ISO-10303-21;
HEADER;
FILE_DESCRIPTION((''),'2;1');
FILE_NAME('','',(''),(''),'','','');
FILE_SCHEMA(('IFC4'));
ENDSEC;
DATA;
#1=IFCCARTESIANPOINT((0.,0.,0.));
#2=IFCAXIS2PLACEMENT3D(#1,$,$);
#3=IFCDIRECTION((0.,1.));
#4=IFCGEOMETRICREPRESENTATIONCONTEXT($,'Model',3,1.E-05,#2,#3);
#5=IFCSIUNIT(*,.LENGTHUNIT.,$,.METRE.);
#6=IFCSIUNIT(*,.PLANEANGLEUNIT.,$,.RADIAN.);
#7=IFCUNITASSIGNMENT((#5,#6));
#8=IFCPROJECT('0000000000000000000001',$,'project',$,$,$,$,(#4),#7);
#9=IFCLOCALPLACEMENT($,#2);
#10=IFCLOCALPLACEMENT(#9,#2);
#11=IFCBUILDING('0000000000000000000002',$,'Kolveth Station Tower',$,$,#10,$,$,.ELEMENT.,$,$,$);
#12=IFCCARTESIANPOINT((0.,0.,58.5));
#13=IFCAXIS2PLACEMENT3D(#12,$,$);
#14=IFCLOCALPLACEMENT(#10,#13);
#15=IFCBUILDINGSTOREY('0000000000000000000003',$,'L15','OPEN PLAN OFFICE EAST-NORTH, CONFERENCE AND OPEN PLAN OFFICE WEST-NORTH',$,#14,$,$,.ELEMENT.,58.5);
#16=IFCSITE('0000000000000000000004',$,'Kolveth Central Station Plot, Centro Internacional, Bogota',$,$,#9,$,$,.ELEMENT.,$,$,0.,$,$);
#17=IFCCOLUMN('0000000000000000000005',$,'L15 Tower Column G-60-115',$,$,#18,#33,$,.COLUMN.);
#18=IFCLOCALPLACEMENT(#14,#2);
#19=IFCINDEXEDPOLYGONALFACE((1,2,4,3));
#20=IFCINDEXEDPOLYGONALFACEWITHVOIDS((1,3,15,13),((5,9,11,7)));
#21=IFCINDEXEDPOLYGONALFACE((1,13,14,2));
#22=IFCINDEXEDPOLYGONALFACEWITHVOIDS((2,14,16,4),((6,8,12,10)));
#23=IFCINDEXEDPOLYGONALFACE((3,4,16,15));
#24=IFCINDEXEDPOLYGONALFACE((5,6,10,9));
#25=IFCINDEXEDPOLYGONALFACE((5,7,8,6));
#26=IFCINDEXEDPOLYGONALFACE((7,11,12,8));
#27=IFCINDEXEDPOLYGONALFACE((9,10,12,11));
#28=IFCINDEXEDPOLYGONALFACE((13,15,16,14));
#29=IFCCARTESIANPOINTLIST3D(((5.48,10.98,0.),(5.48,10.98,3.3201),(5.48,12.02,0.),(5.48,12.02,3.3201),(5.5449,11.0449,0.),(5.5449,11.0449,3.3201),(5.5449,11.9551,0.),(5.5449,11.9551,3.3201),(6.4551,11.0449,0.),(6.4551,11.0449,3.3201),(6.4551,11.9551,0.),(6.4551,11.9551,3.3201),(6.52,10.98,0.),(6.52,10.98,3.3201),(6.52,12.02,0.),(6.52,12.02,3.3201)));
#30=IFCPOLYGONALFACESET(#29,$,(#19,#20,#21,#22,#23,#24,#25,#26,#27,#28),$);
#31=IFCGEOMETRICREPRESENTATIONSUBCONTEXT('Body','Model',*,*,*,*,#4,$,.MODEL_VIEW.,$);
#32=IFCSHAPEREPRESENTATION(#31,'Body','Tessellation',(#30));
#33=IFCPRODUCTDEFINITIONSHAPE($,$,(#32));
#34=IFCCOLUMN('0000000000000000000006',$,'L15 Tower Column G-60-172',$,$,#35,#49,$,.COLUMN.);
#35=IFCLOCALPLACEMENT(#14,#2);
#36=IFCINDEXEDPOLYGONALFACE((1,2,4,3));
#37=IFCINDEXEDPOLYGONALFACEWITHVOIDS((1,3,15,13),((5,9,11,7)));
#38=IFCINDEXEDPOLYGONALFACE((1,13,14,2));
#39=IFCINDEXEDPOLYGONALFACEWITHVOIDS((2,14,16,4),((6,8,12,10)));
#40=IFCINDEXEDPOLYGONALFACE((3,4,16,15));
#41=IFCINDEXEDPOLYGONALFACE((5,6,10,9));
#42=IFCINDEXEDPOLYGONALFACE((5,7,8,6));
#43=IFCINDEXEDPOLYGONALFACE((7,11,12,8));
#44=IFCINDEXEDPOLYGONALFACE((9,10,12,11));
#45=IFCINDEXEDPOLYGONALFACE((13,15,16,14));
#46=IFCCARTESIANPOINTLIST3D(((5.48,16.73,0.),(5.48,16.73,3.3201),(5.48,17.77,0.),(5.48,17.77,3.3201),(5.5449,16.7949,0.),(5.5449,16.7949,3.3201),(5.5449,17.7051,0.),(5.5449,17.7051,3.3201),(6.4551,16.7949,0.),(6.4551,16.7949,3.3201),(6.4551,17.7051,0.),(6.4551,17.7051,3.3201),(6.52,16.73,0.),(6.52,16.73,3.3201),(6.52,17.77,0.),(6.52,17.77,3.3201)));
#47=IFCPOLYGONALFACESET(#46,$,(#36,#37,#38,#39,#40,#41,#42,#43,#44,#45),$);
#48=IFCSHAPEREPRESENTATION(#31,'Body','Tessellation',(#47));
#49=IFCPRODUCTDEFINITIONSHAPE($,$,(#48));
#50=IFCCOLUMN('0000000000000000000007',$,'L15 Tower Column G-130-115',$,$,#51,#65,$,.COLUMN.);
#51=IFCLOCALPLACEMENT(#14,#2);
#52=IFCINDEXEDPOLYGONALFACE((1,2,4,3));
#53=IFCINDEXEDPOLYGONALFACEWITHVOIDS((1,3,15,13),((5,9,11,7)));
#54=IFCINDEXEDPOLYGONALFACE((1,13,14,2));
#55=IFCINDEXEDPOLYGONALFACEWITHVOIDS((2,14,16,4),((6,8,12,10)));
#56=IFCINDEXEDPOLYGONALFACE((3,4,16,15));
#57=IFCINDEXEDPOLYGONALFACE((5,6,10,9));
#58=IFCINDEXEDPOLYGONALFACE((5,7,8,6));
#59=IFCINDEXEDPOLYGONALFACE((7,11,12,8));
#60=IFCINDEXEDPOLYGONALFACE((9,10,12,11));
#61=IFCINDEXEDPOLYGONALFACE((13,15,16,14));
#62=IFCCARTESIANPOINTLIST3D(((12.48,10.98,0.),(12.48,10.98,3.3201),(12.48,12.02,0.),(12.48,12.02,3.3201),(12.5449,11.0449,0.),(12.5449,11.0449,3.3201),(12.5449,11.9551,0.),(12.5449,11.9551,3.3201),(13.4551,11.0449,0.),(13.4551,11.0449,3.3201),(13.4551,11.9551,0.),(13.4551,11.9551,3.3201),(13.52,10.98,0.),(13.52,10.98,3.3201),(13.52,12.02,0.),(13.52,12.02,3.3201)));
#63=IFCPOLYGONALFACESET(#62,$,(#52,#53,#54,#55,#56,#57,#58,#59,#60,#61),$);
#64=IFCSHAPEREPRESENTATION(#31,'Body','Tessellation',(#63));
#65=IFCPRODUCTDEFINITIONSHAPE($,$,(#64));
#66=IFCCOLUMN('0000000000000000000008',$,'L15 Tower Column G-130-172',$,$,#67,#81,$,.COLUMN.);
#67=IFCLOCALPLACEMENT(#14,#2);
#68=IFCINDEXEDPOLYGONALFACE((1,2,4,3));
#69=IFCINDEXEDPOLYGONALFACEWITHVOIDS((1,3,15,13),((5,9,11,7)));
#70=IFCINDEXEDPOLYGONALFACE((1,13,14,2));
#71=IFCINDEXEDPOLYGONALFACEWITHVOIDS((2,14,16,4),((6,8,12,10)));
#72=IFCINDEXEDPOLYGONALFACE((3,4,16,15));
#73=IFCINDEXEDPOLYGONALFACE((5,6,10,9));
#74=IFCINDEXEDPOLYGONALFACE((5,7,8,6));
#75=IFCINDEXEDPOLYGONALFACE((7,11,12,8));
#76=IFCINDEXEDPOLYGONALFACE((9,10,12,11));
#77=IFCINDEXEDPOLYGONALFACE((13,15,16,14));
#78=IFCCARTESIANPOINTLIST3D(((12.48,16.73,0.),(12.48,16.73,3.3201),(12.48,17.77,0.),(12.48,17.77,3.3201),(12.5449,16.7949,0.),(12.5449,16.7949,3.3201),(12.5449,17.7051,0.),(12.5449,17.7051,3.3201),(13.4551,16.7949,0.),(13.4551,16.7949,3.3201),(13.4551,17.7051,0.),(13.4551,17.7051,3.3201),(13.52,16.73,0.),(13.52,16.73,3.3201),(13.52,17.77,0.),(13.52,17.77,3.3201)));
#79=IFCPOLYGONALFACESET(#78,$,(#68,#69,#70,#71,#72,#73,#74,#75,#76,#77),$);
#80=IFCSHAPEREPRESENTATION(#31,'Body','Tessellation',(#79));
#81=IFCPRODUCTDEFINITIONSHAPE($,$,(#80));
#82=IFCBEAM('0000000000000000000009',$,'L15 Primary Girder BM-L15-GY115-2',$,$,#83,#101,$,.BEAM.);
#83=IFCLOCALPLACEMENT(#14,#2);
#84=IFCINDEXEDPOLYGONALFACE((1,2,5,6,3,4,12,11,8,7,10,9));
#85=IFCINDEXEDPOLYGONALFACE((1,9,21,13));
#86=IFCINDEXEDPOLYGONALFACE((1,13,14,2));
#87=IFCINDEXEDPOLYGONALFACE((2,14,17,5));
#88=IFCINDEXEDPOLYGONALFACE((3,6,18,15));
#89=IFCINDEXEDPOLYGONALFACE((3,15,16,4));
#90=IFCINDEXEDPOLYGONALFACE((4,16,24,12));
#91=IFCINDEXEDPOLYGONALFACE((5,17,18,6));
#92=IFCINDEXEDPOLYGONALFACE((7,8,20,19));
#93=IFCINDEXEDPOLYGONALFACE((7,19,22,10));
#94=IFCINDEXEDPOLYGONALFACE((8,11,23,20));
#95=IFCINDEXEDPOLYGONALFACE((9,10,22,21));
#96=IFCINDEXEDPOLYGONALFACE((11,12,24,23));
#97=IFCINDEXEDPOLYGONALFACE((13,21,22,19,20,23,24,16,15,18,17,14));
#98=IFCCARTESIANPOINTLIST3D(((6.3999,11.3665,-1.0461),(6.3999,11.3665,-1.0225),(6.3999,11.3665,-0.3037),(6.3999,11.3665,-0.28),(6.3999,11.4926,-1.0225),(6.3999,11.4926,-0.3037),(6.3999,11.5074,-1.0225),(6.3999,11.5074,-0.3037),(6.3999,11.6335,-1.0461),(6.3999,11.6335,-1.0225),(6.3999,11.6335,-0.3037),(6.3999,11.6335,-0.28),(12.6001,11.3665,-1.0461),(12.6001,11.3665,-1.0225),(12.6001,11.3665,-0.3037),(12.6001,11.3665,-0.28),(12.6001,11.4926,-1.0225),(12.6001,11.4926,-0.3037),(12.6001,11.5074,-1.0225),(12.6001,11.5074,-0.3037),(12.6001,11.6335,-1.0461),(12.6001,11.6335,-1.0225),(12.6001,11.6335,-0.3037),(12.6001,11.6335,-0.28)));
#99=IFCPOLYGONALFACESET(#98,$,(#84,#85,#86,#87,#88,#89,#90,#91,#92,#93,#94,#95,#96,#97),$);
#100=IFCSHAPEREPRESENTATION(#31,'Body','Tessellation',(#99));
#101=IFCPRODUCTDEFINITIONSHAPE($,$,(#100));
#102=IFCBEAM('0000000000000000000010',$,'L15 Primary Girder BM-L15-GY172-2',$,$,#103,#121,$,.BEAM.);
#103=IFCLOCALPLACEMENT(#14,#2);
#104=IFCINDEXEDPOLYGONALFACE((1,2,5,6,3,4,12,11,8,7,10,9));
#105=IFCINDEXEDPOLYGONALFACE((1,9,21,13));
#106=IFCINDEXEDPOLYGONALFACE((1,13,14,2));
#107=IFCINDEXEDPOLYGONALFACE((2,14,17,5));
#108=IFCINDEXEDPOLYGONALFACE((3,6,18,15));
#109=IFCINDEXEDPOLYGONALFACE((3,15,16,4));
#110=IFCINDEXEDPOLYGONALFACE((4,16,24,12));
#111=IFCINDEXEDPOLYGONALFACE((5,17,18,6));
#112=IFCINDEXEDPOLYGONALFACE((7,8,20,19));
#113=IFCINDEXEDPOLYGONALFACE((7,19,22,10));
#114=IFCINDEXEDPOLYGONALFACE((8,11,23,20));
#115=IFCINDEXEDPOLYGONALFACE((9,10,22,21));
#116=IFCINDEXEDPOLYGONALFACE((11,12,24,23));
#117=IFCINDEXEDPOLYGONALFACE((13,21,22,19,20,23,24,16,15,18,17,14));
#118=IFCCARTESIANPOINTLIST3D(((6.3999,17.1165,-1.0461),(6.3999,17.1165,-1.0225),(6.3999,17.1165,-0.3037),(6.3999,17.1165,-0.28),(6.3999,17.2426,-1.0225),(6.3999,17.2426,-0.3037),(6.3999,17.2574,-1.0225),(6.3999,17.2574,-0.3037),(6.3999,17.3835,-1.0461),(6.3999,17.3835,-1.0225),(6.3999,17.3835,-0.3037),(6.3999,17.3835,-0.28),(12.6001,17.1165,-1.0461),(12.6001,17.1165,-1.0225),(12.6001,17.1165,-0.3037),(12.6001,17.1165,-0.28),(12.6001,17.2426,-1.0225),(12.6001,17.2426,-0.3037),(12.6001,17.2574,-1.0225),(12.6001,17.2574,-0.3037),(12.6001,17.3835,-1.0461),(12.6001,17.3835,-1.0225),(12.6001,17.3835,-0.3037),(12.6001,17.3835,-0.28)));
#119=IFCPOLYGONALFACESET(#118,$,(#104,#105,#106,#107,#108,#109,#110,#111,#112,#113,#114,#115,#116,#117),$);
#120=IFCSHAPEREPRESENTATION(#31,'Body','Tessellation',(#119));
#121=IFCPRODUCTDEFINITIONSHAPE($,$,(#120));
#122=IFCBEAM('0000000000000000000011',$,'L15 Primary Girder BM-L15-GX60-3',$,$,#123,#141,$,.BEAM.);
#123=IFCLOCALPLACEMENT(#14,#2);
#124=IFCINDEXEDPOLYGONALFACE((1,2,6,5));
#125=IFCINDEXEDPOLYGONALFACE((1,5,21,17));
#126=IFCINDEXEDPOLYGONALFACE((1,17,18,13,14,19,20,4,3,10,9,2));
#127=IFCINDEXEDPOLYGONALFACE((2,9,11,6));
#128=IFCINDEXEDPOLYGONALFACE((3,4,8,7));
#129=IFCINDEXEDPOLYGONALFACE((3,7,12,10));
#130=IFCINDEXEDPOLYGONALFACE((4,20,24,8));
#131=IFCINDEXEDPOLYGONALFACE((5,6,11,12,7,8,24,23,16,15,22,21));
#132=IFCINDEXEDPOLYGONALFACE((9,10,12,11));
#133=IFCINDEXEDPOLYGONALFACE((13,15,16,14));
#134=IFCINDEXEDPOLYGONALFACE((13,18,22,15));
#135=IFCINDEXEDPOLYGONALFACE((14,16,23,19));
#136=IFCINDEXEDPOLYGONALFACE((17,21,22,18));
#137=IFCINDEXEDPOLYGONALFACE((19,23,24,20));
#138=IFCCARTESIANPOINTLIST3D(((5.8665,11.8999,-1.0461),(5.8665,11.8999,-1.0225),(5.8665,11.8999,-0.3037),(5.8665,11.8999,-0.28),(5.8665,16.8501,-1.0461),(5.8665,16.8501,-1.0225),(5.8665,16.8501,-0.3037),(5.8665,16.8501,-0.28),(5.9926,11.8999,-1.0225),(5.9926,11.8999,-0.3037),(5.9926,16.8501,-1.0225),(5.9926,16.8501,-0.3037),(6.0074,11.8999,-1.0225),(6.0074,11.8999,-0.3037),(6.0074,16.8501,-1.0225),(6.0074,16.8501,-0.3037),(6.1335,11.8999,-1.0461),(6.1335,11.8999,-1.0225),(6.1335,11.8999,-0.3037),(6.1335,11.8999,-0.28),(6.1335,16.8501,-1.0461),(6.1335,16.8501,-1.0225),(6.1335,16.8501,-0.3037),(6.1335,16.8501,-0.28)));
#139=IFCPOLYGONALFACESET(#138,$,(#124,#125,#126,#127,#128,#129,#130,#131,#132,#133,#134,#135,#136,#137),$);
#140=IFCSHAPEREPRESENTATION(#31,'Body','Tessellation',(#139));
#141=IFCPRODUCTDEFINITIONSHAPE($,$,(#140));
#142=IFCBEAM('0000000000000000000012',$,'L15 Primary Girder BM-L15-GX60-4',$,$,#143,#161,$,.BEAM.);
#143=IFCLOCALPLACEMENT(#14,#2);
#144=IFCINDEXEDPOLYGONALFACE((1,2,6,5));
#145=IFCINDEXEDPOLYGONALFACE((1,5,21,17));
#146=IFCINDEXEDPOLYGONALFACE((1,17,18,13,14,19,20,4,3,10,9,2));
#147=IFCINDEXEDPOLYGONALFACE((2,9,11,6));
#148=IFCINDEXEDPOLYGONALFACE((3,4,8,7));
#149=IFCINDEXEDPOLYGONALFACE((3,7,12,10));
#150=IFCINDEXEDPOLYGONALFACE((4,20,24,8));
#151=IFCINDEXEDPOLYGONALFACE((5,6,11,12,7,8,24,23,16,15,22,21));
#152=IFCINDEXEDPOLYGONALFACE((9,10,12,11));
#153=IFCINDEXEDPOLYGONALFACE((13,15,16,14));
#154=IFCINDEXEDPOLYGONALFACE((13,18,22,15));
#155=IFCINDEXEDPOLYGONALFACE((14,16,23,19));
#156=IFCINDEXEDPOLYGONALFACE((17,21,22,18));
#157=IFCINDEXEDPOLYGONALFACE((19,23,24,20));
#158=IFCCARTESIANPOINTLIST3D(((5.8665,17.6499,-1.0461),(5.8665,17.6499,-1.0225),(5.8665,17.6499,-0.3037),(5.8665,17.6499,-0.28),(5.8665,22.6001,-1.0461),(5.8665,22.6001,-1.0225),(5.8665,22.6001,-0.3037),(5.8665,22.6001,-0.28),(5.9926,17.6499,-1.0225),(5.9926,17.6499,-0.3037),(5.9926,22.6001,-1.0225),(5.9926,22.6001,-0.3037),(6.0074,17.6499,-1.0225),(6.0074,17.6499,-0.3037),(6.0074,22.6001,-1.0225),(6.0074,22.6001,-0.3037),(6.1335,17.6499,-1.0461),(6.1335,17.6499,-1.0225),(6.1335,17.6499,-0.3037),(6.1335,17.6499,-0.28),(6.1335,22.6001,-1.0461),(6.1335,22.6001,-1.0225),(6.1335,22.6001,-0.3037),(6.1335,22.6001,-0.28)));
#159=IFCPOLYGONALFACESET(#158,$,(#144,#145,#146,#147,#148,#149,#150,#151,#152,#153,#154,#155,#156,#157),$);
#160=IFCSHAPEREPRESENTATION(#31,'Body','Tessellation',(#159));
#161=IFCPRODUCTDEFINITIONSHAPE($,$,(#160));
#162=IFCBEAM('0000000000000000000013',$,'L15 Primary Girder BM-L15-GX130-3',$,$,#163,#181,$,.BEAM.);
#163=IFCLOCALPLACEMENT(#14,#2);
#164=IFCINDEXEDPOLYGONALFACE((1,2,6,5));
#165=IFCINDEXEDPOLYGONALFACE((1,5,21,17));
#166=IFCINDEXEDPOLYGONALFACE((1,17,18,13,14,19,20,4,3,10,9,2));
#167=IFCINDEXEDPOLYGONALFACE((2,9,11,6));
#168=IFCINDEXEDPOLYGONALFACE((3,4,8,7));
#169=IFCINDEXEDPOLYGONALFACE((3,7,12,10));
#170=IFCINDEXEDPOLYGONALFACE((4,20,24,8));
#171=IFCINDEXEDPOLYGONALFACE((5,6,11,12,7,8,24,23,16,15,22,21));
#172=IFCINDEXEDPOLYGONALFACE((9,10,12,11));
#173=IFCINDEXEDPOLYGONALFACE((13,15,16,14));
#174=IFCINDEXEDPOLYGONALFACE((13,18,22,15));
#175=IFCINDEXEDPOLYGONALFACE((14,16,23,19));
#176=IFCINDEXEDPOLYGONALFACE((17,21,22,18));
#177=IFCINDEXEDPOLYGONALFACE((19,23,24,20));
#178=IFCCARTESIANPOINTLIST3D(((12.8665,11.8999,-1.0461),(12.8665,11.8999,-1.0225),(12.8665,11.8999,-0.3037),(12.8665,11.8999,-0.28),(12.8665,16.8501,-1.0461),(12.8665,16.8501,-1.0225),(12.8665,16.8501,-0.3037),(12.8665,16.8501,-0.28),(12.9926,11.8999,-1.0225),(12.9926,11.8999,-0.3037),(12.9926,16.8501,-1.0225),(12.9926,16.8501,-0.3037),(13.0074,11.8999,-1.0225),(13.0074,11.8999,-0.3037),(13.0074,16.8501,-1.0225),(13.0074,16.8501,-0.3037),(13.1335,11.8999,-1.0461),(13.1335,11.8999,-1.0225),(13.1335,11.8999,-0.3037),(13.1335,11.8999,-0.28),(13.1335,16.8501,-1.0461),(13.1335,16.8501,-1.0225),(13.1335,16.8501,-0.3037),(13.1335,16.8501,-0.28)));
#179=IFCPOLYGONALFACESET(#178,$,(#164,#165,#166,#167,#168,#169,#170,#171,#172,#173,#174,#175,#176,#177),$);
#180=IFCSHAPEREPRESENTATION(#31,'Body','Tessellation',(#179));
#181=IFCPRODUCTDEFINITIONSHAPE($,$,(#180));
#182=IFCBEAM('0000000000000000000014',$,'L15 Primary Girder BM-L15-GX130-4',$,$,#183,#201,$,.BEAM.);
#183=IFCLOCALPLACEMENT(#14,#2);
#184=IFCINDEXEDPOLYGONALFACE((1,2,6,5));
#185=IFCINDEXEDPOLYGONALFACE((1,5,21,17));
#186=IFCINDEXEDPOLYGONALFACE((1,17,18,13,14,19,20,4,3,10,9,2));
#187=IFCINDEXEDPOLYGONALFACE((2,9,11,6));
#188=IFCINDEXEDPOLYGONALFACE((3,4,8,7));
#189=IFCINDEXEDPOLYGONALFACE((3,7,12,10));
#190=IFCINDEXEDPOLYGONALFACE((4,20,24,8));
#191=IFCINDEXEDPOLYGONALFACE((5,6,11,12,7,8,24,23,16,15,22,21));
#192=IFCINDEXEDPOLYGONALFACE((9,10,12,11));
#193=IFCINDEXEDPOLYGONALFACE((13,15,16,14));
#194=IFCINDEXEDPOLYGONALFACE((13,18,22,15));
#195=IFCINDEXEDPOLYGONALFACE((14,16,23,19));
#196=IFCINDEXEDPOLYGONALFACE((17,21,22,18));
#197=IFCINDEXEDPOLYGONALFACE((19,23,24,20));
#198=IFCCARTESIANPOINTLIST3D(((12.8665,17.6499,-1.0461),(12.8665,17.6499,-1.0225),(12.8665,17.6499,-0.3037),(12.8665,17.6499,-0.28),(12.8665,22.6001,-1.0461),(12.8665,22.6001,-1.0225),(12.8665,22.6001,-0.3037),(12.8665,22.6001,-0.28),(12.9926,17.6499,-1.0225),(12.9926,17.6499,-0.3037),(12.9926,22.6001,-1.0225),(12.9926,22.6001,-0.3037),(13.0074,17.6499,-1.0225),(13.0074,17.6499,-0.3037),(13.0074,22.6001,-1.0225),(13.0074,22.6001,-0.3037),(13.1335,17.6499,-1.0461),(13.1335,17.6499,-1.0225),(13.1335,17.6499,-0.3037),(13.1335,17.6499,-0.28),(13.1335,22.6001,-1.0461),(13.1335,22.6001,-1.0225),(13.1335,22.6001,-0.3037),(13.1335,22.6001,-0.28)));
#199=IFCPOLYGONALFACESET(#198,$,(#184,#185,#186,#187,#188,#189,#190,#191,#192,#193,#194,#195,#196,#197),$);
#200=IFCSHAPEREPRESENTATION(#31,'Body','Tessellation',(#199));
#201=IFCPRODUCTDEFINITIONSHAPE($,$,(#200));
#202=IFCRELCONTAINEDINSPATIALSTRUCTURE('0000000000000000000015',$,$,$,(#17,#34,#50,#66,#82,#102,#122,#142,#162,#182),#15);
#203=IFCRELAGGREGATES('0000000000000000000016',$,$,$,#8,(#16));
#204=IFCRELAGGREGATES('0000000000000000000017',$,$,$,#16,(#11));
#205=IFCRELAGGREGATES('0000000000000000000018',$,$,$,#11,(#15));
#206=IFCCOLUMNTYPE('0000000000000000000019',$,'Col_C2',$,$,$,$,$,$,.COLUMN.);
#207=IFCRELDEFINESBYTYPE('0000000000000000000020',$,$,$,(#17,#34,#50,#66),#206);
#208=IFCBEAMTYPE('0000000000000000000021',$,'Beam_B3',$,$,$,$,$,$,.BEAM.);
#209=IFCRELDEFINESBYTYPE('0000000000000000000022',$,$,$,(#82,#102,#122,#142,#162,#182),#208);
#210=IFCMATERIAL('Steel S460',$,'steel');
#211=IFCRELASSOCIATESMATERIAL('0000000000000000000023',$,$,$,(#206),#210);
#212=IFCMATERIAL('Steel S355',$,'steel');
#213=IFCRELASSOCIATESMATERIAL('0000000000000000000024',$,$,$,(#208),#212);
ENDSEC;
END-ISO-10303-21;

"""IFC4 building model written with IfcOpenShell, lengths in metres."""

from ifc_helpers import new_model, si_unit, direction, frame, origin, origin_2d, place, context, subcontext, project, spatial, hollow_rectangle, i_section, extrude, source, transform, mapped, material, material_profile, profile_set, type_object, element, save


model = new_model("IFC4")

# Units and contexts
model_context = context("Model", 3, precision=1e-05, world=origin(), true_north=direction((0.0, 1.0)))
body_context = subcontext(model_context, "Body", "Model", "MODEL_VIEW")
ifc_project = project(units=[si_unit("LENGTHUNIT", "METRE"), si_unit("PLANEANGLEUNIT", "RADIAN")], contexts=[model_context])

# Site, building, storey
site_placement = place(None, origin())
site = spatial("IfcSite", under=ifc_project, at=site_placement, Name="Kolveth Central Station Plot, Centro Internacional, Bogota", CompositionType="ELEMENT", RefElevation=0.0)
building_placement = place(site_placement, origin())
building = spatial("IfcBuilding", under=site, at=building_placement, Name="Kolveth Station Tower", CompositionType="ELEMENT")
storey_placement = place(building_placement, frame((0.0, 0.0, 58.5)))
storey = spatial("IfcBuildingStorey", under=building, at=storey_placement, Name="L15", Description="OPEN PLAN OFFICE EAST-NORTH, CONFERENCE AND OPEN PLAN OFFICE WEST-NORTH", CompositionType="ELEMENT", Elevation=58.5)

# Columns
ifc_material_1 = material(Name="Steel S460", Category="steel")
ifc_material_profile_1 = material_profile(ifc_material_1, hollow_rectangle(XDim=1.04, YDim=1.04, WallThickness=0.0649, at=origin_2d()), Name="BOX1040x1040x65")
ifc_profile_set_1 = profile_set([ifc_material_profile_1], Name="Steel S460")
column_type = type_object("IfcColumnType", Name="Col_C2", PredefinedType="COLUMN", material=ifc_profile_set_1)
shared_shape_1 = source(origin(), body_context, "Body", "SweptSolid", [
    extrude(hollow_rectangle(XDim=1.04, YDim=1.04, WallThickness=0.0649, at=origin_2d()), origin(), (0.0, 0.0, 1.0), 3.3201),
])
for number, where, z_axis, x_axis, name in (
    (1, (6.0, 11.5, 0.0), (0.0, 0.0, 1.0), (1.0, 0.0, 0.0), "L15 Tower Column G-60-115"),
    (2, (6.0, 17.25, 0.0), (0.0, 0.0, 1.0), (1.0, 0.0, 0.0), "L15 Tower Column G-60-172"),
    (3, (13.0, 11.5, 0.0), (0.0, 0.0, 1.0), (1.0, 0.0, 0.0), "L15 Tower Column G-130-115"),
    (4, (13.0, 17.25, 0.0), (0.0, 0.0, 1.0), (1.0, 0.0, 0.0), "L15 Tower Column G-130-172"),
):
    element("IfcColumn", number, at=place(storey_placement, frame(where, z_axis=z_axis, x_axis=x_axis)), inside=storey, type_object=column_type, Name=name, PredefinedType="COLUMN", context=body_context, shape_type="MappedRepresentation", body=[
        mapped(shared_shape_1, transform((0.0, 0.0, 0.0), x_axis=(1.0, 0.0, 0.0), y_axis=(0.0, 1.0, 0.0), z_axis=(0.0, 0.0, 1.0), scale=1.0)),
    ])

# Beams
ifc_material_2 = material(Name="Steel S355", Category="steel")
ifc_material_profile_2 = material_profile(ifc_material_2, i_section(OverallWidth=0.2671, OverallDepth=0.7661, WebThickness=0.0149, FlangeThickness=0.0237, at=origin_2d()), Name="W760x185")
ifc_profile_set_2 = profile_set([ifc_material_profile_2], Name="Steel S355")
beam_type_1 = type_object("IfcBeamType", Name="Beam_B3", PredefinedType="BEAM", material=ifc_profile_set_2)
shared_shape_2 = source(origin(), body_context, "Body", "SweptSolid", [
    extrude(i_section(OverallWidth=0.2671, OverallDepth=0.7661, WebThickness=0.0149, FlangeThickness=0.0237, at=origin_2d()), origin(), (0.0, 0.0, 1.0), 6.2002),
])
for number, where, z_axis, x_axis, name in (
    (5, (6.3999, 11.5, -0.6631), (1.0, 0.0, 0.0), (0.0, 1.0, 0.0), "L15 Primary Girder BM-L15-GY115-2"),
    (6, (6.3999, 17.25, -0.6631), (1.0, 0.0, 0.0), (0.0, 1.0, 0.0), "L15 Primary Girder BM-L15-GY172-2"),
):
    element("IfcBeam", number, at=place(storey_placement, frame(where, z_axis=z_axis, x_axis=x_axis)), inside=storey, type_object=beam_type_1, Name=name, PredefinedType="BEAM", context=body_context, shape_type="MappedRepresentation", body=[
        mapped(shared_shape_2, transform((0.0, 0.0, 0.0), x_axis=(1.0, 0.0, 0.0), y_axis=(0.0, 1.0, 0.0), z_axis=(0.0, 0.0, 1.0), scale=1.0)),
    ])
shared_shape_3 = source(origin(), body_context, "Body", "SweptSolid", [
    extrude(i_section(OverallWidth=0.2671, OverallDepth=0.7661, WebThickness=0.0149, FlangeThickness=0.0237, at=origin_2d()), origin(), (0.0, 0.0, 1.0), 4.9502),
])
for number, where, z_axis, x_axis, name in (
    (7, (6.0, 11.8999, -0.6631), (0.0, 1.0, 0.0), (-1.0, 0.0, 0.0), "L15 Primary Girder BM-L15-GX60-3"),
    (8, (6.0, 17.6499, -0.6631), (0.0, 1.0, 0.0), (-1.0, 0.0, 0.0), "L15 Primary Girder BM-L15-GX60-4"),
    (9, (13.0, 11.8999, -0.6631), (0.0, 1.0, 0.0), (-1.0, 0.0, 0.0), "L15 Primary Girder BM-L15-GX130-3"),
    (10, (13.0, 17.6499, -0.6631), (0.0, 1.0, 0.0), (-1.0, 0.0, 0.0), "L15 Primary Girder BM-L15-GX130-4"),
):
    element("IfcBeam", number, at=place(storey_placement, frame(where, z_axis=z_axis, x_axis=x_axis)), inside=storey, type_object=beam_type_1, Name=name, PredefinedType="BEAM", context=body_context, shape_type="MappedRepresentation", body=[
        mapped(shared_shape_3, transform((0.0, 0.0, 0.0), x_axis=(1.0, 0.0, 0.0), y_axis=(0.0, 1.0, 0.0), z_axis=(0.0, 0.0, 1.0), scale=1.0)),
    ])

save(model, "model.ifc")
